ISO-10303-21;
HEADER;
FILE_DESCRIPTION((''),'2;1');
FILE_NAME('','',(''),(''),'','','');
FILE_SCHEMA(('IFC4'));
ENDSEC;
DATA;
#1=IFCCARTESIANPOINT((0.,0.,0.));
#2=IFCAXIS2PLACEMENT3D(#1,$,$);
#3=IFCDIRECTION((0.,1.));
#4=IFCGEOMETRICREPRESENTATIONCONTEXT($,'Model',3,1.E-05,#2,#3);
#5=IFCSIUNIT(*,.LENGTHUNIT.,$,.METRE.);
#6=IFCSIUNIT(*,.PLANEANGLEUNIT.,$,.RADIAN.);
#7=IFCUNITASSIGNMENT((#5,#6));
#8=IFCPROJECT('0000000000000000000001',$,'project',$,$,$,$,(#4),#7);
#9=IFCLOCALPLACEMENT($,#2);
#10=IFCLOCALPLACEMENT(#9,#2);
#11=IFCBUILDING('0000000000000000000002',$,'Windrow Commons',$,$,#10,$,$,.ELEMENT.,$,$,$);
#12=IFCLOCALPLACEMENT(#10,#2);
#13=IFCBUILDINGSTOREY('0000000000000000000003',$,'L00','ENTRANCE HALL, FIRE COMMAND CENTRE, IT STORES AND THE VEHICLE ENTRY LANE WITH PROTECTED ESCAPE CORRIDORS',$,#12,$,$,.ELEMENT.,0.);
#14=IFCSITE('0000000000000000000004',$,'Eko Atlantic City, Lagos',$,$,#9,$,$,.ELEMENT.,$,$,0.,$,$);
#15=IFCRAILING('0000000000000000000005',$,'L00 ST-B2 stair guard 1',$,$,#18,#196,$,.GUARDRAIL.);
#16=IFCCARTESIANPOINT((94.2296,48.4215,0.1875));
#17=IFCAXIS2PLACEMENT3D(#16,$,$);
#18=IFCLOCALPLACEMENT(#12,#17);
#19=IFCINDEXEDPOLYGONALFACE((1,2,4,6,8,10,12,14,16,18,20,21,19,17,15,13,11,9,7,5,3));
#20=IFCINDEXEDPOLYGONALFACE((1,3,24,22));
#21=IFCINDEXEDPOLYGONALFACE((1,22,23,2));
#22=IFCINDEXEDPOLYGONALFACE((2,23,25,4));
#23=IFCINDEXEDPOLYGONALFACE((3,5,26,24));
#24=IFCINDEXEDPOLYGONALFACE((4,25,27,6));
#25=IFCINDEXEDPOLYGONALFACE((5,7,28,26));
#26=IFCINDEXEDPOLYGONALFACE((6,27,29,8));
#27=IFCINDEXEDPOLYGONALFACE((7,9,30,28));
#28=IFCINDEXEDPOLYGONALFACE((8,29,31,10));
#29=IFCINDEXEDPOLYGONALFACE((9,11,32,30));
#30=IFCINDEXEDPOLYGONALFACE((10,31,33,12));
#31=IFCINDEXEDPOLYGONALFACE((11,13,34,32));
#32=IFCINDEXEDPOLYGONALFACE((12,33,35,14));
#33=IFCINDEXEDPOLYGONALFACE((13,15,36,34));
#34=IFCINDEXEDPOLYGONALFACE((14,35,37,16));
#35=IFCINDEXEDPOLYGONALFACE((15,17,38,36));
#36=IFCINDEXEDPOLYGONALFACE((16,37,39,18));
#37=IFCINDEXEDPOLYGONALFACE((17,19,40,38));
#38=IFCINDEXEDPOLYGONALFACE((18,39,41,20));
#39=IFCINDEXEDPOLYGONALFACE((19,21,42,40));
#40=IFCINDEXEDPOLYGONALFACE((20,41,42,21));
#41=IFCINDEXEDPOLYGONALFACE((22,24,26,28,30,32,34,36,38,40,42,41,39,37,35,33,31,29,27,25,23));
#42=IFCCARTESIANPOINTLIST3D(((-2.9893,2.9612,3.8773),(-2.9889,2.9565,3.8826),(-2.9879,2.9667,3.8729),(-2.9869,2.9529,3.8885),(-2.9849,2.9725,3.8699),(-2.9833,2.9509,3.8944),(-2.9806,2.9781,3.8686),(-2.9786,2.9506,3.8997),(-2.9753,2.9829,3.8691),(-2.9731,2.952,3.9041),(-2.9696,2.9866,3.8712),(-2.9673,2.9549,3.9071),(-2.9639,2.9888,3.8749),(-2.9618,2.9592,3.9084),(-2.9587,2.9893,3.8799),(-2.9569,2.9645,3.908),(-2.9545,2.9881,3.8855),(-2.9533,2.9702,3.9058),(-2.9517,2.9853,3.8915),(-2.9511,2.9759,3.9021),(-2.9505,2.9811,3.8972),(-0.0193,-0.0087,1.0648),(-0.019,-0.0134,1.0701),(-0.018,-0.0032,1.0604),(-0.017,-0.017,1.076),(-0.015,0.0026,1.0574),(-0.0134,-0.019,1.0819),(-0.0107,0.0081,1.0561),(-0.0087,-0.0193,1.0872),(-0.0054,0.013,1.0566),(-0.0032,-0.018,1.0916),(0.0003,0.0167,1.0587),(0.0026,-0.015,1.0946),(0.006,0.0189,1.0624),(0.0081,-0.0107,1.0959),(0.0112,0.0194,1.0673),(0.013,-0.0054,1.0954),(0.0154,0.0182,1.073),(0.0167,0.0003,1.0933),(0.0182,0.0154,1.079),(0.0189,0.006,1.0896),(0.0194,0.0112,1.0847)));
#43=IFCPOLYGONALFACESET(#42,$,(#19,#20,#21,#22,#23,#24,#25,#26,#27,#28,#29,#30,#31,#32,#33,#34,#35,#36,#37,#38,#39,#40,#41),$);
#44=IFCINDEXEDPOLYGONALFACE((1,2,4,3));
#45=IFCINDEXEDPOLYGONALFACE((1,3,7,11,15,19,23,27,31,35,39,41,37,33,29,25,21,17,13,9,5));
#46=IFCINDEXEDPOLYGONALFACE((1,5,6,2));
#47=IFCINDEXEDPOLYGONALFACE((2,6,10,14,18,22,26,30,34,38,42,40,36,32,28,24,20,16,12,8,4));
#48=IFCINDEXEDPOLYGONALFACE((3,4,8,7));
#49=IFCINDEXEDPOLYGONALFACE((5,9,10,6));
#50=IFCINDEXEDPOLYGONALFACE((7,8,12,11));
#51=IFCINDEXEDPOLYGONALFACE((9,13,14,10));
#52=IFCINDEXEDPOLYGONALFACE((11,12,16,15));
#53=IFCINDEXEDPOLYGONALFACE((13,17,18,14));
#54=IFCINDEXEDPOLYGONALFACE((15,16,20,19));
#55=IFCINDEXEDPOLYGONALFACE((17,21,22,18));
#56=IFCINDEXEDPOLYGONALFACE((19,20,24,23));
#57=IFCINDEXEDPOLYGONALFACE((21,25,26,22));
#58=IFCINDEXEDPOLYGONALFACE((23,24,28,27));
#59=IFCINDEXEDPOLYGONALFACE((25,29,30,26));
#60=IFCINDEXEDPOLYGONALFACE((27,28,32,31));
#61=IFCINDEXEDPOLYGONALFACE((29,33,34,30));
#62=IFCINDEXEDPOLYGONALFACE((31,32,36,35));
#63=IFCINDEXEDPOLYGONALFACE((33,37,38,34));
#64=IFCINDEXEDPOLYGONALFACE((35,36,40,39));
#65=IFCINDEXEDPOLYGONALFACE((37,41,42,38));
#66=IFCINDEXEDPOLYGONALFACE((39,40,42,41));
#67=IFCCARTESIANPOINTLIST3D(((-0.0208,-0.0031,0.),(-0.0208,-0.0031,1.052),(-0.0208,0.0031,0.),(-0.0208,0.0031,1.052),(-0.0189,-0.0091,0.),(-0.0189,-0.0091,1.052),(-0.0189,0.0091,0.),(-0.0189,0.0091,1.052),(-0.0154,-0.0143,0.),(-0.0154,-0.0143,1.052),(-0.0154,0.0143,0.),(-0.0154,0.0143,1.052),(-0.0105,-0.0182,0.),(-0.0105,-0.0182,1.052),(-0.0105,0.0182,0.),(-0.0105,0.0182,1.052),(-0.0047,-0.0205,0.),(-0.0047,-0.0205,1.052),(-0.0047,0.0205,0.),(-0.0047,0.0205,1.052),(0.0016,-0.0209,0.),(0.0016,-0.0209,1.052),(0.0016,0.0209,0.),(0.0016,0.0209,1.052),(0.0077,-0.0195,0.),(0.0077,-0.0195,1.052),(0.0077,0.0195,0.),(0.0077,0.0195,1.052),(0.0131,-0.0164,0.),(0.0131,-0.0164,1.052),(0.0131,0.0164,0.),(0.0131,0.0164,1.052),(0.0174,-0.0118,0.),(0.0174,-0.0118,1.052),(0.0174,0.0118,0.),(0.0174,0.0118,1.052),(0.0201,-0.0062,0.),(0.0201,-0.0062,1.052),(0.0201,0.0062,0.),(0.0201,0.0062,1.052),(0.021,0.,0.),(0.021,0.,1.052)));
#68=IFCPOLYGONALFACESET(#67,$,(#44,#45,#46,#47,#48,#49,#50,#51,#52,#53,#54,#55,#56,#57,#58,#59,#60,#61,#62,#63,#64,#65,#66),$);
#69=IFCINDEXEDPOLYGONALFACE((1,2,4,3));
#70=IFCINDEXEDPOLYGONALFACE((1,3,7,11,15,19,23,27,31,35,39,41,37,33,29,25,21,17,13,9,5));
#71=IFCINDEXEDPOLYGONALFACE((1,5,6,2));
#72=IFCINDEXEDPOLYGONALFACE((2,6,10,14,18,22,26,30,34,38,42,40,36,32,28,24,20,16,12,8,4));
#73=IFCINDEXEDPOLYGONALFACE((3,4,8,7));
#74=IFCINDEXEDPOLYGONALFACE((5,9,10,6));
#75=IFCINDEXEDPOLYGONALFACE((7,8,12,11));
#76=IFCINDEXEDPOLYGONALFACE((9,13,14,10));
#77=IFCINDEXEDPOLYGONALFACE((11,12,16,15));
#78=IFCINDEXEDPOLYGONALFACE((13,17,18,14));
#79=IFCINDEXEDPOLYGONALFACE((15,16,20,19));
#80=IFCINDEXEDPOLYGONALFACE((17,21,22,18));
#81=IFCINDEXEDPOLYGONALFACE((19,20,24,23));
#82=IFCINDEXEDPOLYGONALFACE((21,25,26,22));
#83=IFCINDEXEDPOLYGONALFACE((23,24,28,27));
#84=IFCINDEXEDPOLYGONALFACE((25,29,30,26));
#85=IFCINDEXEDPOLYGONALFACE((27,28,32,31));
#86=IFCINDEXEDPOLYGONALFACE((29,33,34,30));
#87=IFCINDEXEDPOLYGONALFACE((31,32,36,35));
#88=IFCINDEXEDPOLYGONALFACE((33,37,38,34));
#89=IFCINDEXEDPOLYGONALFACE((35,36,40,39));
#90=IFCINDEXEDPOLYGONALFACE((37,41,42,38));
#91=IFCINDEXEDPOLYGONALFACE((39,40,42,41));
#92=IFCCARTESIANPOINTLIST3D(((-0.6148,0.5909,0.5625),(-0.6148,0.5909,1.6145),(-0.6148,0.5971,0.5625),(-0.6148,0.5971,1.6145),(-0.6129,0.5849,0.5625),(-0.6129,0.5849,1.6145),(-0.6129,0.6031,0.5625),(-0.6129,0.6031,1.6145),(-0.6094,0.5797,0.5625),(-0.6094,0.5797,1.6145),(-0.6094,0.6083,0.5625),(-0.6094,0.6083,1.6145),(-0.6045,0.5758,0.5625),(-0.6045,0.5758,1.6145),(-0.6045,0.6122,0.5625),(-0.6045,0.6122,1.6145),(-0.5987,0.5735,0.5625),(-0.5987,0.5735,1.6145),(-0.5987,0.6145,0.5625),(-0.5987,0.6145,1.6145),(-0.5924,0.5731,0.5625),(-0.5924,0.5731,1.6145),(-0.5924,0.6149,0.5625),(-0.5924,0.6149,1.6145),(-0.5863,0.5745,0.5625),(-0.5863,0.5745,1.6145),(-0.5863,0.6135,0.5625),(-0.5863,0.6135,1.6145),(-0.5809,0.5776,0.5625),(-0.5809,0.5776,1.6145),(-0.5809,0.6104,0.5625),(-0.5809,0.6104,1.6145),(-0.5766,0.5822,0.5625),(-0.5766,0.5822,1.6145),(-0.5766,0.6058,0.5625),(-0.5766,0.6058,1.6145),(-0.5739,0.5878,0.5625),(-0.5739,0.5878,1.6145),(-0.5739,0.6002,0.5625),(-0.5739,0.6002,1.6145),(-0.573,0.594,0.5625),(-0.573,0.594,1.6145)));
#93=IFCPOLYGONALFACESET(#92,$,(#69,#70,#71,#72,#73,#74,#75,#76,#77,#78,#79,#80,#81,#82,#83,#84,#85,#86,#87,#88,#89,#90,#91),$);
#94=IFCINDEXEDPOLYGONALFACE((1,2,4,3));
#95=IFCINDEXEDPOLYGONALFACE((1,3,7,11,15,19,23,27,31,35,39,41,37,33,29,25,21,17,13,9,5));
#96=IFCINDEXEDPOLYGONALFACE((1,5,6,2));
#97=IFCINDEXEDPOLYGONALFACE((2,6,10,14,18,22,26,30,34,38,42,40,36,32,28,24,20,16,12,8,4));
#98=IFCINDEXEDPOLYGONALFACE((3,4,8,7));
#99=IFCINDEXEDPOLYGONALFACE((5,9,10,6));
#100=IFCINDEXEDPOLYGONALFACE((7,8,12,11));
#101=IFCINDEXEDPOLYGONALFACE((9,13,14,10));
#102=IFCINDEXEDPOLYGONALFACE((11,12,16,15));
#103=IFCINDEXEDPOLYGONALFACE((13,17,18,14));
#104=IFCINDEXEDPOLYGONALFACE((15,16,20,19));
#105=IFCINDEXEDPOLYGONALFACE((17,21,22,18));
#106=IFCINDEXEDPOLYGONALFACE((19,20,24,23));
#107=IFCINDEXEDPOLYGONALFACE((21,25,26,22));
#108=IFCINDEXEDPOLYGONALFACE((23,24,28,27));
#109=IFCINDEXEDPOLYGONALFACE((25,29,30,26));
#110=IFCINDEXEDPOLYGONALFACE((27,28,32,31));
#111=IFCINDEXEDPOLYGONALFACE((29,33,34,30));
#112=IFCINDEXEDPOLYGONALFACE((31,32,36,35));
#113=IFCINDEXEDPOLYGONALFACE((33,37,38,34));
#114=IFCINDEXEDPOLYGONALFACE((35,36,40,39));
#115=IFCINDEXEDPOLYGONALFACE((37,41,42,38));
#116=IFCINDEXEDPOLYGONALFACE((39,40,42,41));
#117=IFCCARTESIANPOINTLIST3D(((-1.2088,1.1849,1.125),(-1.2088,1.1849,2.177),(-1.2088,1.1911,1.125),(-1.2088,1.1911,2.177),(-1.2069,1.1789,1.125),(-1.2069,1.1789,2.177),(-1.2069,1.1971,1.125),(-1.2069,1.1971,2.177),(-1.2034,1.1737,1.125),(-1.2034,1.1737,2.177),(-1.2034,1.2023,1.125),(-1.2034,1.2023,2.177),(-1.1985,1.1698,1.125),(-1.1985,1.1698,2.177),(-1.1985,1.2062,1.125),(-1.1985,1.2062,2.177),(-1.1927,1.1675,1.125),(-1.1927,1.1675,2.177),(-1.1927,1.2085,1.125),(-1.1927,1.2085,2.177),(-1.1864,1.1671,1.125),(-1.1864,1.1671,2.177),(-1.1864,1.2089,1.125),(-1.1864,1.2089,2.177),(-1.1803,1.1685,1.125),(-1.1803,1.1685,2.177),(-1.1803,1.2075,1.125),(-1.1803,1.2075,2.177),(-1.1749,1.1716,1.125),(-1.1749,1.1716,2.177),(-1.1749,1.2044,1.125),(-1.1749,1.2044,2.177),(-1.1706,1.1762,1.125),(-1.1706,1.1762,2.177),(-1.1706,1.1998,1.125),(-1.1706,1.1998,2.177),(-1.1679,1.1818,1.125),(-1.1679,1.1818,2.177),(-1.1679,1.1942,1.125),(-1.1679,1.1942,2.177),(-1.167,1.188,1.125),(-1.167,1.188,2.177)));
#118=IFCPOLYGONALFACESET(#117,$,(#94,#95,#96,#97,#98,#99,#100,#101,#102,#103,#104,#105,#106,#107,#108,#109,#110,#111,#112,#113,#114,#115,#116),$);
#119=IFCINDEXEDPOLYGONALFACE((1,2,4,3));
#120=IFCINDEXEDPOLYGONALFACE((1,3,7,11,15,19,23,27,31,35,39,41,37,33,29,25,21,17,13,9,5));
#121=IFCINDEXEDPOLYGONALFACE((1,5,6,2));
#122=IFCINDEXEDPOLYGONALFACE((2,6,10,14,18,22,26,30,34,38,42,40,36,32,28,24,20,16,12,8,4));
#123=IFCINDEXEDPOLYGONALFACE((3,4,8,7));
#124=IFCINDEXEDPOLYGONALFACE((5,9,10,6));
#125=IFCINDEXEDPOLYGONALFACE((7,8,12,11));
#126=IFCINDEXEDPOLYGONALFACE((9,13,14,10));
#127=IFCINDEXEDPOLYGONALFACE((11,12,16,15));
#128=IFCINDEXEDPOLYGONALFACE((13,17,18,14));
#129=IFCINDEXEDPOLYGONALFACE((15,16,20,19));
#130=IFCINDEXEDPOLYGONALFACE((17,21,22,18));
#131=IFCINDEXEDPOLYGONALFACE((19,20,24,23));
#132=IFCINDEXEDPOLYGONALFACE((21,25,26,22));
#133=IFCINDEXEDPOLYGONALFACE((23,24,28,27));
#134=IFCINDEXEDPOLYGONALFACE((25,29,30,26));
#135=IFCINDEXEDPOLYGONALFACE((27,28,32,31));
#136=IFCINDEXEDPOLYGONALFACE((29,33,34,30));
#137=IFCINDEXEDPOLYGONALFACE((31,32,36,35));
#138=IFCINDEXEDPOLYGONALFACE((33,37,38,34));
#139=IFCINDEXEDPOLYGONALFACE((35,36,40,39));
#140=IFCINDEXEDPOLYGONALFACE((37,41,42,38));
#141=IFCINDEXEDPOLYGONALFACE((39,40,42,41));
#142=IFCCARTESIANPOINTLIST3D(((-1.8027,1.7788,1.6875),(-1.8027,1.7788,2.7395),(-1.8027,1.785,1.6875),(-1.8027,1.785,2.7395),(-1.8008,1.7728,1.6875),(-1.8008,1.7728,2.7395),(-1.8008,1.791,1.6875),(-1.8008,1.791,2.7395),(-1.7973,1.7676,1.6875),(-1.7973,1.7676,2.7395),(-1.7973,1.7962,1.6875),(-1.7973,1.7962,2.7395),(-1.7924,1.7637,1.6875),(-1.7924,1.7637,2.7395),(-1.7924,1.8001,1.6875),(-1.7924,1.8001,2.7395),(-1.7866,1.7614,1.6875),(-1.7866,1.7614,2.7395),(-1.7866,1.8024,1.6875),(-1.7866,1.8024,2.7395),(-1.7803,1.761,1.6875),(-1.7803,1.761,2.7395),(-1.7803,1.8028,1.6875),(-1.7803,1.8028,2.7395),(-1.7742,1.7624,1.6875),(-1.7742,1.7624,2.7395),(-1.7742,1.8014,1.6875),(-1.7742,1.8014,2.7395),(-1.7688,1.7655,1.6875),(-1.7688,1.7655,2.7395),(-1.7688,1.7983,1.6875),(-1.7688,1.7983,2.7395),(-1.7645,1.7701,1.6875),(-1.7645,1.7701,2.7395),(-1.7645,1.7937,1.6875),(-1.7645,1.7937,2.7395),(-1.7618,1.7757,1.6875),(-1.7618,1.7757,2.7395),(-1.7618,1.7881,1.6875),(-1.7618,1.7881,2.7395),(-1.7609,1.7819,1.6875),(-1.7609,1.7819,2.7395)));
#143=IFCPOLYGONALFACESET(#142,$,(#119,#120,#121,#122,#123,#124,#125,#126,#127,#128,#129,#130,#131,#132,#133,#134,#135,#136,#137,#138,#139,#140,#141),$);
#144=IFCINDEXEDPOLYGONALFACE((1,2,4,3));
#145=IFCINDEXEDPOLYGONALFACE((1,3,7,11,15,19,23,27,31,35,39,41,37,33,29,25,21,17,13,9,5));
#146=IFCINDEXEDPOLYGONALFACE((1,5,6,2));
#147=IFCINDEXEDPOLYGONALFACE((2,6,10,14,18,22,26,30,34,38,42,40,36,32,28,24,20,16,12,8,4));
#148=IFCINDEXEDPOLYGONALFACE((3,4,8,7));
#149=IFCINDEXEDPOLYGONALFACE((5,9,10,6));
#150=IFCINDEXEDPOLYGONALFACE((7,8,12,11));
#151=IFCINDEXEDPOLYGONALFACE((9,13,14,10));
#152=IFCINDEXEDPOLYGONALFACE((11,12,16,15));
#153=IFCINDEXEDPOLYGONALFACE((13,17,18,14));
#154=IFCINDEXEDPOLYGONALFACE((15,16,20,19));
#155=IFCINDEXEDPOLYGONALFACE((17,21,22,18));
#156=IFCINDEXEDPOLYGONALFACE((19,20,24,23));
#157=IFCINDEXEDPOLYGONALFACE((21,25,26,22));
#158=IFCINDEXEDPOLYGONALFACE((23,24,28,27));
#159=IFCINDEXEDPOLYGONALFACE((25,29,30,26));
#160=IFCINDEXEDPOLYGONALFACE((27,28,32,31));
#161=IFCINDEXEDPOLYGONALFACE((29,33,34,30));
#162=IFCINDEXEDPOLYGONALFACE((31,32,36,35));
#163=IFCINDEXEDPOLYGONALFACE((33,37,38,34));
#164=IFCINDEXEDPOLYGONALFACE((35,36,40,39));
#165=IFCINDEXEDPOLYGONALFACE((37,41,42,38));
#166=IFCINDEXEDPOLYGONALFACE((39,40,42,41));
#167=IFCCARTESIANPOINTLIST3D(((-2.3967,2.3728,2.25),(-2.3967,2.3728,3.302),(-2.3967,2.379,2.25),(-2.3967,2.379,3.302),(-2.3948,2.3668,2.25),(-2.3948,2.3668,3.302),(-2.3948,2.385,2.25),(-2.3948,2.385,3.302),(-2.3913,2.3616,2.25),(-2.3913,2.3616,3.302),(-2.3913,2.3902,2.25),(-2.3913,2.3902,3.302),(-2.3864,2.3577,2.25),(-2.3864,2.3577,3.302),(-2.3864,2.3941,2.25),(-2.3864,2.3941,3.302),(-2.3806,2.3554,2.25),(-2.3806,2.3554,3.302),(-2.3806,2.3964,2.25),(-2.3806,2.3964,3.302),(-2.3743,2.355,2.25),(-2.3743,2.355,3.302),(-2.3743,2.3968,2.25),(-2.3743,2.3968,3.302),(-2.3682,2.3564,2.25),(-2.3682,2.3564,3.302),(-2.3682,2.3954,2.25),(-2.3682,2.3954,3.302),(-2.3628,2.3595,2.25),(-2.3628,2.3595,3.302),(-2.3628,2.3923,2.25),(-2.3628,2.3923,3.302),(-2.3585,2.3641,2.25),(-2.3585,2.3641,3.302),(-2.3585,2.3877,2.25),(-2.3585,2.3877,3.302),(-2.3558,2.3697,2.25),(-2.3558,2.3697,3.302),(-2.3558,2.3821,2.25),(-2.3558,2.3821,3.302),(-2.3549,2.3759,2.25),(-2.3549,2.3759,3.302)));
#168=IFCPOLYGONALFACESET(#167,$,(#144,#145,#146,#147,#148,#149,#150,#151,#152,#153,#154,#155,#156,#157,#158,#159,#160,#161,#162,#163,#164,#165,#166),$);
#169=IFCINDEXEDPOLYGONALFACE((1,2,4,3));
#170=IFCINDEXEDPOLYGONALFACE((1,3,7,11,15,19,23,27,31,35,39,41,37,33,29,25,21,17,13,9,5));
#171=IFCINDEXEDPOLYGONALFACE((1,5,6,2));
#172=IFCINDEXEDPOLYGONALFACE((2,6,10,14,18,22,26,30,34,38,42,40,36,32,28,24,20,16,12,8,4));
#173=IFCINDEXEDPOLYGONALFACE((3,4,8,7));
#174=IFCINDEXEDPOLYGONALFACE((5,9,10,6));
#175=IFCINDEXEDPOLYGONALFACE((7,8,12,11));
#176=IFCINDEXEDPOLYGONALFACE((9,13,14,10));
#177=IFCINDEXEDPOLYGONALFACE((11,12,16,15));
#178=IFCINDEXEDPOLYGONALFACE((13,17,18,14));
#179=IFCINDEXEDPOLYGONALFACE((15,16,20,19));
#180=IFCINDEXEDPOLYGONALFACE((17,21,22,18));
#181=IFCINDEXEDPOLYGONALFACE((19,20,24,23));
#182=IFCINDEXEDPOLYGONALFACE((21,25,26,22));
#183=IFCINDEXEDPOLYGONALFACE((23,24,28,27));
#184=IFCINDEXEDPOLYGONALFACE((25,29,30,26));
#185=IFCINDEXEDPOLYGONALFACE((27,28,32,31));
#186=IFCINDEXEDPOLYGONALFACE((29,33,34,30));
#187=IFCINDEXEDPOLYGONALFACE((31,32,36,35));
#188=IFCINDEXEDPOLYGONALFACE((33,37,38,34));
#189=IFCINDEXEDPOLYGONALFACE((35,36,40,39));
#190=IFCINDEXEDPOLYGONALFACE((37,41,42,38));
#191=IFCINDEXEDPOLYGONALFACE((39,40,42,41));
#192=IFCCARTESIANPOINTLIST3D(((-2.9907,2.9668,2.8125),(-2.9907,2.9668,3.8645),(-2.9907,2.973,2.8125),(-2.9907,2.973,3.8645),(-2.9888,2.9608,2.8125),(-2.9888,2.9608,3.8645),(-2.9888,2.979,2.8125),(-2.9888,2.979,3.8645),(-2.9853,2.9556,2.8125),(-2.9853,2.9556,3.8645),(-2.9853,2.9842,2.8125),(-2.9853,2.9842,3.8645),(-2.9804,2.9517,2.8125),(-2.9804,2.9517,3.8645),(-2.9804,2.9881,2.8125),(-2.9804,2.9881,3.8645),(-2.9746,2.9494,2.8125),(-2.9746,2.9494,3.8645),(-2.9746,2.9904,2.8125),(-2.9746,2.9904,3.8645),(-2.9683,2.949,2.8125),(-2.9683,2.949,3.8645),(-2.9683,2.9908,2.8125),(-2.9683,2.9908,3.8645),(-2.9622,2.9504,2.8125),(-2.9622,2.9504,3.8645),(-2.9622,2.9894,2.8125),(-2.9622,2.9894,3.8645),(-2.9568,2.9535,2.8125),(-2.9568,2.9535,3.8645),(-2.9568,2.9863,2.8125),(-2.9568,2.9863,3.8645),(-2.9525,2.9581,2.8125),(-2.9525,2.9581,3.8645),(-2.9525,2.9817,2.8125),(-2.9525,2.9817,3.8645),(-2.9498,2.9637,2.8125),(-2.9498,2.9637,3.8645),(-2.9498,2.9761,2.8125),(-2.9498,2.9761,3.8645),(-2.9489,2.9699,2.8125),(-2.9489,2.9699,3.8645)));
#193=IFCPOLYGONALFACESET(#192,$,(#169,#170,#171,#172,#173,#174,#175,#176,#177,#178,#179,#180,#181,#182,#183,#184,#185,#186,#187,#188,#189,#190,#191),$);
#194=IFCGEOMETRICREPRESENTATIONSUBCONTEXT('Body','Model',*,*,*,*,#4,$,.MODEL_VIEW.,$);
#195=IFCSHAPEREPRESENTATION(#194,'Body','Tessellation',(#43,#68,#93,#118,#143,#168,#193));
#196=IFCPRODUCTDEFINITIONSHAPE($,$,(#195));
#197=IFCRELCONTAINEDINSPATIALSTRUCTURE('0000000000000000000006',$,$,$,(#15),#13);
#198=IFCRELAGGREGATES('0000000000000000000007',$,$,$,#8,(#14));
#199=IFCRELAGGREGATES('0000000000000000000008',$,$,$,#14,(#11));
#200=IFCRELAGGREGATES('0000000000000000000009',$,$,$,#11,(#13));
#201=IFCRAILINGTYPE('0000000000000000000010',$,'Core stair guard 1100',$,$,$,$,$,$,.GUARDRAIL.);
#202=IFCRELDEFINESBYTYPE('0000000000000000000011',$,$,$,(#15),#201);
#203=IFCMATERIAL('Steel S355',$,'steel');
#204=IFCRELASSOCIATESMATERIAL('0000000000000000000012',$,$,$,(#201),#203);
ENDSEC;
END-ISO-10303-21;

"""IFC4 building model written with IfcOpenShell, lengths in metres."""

from ifc_helpers import new_model, si_unit, direction, frame, origin, origin_2d, place, context, subcontext, project, spatial, circle, extrude, material, type_object, element, save


model = new_model("IFC4")

# Units and contexts
model_context = context("Model", 3, precision=1e-05, world=origin(), true_north=direction((0.0, 1.0)))
body_context = subcontext(model_context, "Body", "Model", "MODEL_VIEW")
ifc_project = project(units=[si_unit("LENGTHUNIT", "METRE"), si_unit("PLANEANGLEUNIT", "RADIAN")], contexts=[model_context])

# Site, building, storey
site_placement = place(None, origin())
site = spatial("IfcSite", under=ifc_project, at=site_placement, Name="Eko Atlantic City, Lagos", CompositionType="ELEMENT", RefElevation=0.0)
building_placement = place(site_placement, origin())
building = spatial("IfcBuilding", under=site, at=building_placement, Name="Windrow Commons", CompositionType="ELEMENT")
storey_placement = place(building_placement, origin())
storey = spatial("IfcBuildingStorey", under=building, at=storey_placement, Name="L00", Description="ENTRANCE HALL, FIRE COMMAND CENTRE, IT STORES AND THE VEHICLE ENTRY LANE WITH PROTECTED ESCAPE CORRIDORS", CompositionType="ELEMENT", Elevation=0.0)

# Railing
ifc_material_1 = material(Name="Steel S355", Category="steel")
railing_type = type_object("IfcRailingType", Name="Core stair guard 1100", PredefinedType="GUARDRAIL", material=ifc_material_1)
railing_placement = place(storey_placement, frame((94.2296, 48.4215, 0.1875)))
element("IfcRailing", 1, at=railing_placement, inside=storey, type_object=railing_type, Name="L00 ST-B2 stair guard 1", PredefinedType="GUARDRAIL", context=body_context, shape_type="SweptSolid", body=[
    extrude(circle(Radius=0.024, at=origin_2d()), frame((0.0, 0.0, 1.076), z_axis=(-0.587543, 0.587543, 0.556404), x_axis=(-0.707107, -0.707107, 0.0)), (0.0, 0.0, 1.0), 5.0548),
    extrude(circle(Radius=0.021, at=origin_2d()), origin(), (0.0, 0.0, 1.0), 1.052),
    extrude(circle(Radius=0.021, at=origin_2d()), frame((-0.594, 0.594, 0.5625)), (0.0, 0.0, 1.0), 1.052),
    extrude(circle(Radius=0.021, at=origin_2d()), frame((-1.188, 1.188, 1.125)), (0.0, 0.0, 1.0), 1.052),
    extrude(circle(Radius=0.021, at=origin_2d()), frame((-1.7819, 1.7819, 1.6875)), (0.0, 0.0, 1.0), 1.052),
    extrude(circle(Radius=0.021, at=origin_2d()), frame((-2.3759, 2.3759, 2.25)), (0.0, 0.0, 1.0), 1.052),
    extrude(circle(Radius=0.021, at=origin_2d()), frame((-2.9699, 2.9699, 2.8125)), (0.0, 0.0, 1.0), 1.052),
])

save(model, "model.ifc")
